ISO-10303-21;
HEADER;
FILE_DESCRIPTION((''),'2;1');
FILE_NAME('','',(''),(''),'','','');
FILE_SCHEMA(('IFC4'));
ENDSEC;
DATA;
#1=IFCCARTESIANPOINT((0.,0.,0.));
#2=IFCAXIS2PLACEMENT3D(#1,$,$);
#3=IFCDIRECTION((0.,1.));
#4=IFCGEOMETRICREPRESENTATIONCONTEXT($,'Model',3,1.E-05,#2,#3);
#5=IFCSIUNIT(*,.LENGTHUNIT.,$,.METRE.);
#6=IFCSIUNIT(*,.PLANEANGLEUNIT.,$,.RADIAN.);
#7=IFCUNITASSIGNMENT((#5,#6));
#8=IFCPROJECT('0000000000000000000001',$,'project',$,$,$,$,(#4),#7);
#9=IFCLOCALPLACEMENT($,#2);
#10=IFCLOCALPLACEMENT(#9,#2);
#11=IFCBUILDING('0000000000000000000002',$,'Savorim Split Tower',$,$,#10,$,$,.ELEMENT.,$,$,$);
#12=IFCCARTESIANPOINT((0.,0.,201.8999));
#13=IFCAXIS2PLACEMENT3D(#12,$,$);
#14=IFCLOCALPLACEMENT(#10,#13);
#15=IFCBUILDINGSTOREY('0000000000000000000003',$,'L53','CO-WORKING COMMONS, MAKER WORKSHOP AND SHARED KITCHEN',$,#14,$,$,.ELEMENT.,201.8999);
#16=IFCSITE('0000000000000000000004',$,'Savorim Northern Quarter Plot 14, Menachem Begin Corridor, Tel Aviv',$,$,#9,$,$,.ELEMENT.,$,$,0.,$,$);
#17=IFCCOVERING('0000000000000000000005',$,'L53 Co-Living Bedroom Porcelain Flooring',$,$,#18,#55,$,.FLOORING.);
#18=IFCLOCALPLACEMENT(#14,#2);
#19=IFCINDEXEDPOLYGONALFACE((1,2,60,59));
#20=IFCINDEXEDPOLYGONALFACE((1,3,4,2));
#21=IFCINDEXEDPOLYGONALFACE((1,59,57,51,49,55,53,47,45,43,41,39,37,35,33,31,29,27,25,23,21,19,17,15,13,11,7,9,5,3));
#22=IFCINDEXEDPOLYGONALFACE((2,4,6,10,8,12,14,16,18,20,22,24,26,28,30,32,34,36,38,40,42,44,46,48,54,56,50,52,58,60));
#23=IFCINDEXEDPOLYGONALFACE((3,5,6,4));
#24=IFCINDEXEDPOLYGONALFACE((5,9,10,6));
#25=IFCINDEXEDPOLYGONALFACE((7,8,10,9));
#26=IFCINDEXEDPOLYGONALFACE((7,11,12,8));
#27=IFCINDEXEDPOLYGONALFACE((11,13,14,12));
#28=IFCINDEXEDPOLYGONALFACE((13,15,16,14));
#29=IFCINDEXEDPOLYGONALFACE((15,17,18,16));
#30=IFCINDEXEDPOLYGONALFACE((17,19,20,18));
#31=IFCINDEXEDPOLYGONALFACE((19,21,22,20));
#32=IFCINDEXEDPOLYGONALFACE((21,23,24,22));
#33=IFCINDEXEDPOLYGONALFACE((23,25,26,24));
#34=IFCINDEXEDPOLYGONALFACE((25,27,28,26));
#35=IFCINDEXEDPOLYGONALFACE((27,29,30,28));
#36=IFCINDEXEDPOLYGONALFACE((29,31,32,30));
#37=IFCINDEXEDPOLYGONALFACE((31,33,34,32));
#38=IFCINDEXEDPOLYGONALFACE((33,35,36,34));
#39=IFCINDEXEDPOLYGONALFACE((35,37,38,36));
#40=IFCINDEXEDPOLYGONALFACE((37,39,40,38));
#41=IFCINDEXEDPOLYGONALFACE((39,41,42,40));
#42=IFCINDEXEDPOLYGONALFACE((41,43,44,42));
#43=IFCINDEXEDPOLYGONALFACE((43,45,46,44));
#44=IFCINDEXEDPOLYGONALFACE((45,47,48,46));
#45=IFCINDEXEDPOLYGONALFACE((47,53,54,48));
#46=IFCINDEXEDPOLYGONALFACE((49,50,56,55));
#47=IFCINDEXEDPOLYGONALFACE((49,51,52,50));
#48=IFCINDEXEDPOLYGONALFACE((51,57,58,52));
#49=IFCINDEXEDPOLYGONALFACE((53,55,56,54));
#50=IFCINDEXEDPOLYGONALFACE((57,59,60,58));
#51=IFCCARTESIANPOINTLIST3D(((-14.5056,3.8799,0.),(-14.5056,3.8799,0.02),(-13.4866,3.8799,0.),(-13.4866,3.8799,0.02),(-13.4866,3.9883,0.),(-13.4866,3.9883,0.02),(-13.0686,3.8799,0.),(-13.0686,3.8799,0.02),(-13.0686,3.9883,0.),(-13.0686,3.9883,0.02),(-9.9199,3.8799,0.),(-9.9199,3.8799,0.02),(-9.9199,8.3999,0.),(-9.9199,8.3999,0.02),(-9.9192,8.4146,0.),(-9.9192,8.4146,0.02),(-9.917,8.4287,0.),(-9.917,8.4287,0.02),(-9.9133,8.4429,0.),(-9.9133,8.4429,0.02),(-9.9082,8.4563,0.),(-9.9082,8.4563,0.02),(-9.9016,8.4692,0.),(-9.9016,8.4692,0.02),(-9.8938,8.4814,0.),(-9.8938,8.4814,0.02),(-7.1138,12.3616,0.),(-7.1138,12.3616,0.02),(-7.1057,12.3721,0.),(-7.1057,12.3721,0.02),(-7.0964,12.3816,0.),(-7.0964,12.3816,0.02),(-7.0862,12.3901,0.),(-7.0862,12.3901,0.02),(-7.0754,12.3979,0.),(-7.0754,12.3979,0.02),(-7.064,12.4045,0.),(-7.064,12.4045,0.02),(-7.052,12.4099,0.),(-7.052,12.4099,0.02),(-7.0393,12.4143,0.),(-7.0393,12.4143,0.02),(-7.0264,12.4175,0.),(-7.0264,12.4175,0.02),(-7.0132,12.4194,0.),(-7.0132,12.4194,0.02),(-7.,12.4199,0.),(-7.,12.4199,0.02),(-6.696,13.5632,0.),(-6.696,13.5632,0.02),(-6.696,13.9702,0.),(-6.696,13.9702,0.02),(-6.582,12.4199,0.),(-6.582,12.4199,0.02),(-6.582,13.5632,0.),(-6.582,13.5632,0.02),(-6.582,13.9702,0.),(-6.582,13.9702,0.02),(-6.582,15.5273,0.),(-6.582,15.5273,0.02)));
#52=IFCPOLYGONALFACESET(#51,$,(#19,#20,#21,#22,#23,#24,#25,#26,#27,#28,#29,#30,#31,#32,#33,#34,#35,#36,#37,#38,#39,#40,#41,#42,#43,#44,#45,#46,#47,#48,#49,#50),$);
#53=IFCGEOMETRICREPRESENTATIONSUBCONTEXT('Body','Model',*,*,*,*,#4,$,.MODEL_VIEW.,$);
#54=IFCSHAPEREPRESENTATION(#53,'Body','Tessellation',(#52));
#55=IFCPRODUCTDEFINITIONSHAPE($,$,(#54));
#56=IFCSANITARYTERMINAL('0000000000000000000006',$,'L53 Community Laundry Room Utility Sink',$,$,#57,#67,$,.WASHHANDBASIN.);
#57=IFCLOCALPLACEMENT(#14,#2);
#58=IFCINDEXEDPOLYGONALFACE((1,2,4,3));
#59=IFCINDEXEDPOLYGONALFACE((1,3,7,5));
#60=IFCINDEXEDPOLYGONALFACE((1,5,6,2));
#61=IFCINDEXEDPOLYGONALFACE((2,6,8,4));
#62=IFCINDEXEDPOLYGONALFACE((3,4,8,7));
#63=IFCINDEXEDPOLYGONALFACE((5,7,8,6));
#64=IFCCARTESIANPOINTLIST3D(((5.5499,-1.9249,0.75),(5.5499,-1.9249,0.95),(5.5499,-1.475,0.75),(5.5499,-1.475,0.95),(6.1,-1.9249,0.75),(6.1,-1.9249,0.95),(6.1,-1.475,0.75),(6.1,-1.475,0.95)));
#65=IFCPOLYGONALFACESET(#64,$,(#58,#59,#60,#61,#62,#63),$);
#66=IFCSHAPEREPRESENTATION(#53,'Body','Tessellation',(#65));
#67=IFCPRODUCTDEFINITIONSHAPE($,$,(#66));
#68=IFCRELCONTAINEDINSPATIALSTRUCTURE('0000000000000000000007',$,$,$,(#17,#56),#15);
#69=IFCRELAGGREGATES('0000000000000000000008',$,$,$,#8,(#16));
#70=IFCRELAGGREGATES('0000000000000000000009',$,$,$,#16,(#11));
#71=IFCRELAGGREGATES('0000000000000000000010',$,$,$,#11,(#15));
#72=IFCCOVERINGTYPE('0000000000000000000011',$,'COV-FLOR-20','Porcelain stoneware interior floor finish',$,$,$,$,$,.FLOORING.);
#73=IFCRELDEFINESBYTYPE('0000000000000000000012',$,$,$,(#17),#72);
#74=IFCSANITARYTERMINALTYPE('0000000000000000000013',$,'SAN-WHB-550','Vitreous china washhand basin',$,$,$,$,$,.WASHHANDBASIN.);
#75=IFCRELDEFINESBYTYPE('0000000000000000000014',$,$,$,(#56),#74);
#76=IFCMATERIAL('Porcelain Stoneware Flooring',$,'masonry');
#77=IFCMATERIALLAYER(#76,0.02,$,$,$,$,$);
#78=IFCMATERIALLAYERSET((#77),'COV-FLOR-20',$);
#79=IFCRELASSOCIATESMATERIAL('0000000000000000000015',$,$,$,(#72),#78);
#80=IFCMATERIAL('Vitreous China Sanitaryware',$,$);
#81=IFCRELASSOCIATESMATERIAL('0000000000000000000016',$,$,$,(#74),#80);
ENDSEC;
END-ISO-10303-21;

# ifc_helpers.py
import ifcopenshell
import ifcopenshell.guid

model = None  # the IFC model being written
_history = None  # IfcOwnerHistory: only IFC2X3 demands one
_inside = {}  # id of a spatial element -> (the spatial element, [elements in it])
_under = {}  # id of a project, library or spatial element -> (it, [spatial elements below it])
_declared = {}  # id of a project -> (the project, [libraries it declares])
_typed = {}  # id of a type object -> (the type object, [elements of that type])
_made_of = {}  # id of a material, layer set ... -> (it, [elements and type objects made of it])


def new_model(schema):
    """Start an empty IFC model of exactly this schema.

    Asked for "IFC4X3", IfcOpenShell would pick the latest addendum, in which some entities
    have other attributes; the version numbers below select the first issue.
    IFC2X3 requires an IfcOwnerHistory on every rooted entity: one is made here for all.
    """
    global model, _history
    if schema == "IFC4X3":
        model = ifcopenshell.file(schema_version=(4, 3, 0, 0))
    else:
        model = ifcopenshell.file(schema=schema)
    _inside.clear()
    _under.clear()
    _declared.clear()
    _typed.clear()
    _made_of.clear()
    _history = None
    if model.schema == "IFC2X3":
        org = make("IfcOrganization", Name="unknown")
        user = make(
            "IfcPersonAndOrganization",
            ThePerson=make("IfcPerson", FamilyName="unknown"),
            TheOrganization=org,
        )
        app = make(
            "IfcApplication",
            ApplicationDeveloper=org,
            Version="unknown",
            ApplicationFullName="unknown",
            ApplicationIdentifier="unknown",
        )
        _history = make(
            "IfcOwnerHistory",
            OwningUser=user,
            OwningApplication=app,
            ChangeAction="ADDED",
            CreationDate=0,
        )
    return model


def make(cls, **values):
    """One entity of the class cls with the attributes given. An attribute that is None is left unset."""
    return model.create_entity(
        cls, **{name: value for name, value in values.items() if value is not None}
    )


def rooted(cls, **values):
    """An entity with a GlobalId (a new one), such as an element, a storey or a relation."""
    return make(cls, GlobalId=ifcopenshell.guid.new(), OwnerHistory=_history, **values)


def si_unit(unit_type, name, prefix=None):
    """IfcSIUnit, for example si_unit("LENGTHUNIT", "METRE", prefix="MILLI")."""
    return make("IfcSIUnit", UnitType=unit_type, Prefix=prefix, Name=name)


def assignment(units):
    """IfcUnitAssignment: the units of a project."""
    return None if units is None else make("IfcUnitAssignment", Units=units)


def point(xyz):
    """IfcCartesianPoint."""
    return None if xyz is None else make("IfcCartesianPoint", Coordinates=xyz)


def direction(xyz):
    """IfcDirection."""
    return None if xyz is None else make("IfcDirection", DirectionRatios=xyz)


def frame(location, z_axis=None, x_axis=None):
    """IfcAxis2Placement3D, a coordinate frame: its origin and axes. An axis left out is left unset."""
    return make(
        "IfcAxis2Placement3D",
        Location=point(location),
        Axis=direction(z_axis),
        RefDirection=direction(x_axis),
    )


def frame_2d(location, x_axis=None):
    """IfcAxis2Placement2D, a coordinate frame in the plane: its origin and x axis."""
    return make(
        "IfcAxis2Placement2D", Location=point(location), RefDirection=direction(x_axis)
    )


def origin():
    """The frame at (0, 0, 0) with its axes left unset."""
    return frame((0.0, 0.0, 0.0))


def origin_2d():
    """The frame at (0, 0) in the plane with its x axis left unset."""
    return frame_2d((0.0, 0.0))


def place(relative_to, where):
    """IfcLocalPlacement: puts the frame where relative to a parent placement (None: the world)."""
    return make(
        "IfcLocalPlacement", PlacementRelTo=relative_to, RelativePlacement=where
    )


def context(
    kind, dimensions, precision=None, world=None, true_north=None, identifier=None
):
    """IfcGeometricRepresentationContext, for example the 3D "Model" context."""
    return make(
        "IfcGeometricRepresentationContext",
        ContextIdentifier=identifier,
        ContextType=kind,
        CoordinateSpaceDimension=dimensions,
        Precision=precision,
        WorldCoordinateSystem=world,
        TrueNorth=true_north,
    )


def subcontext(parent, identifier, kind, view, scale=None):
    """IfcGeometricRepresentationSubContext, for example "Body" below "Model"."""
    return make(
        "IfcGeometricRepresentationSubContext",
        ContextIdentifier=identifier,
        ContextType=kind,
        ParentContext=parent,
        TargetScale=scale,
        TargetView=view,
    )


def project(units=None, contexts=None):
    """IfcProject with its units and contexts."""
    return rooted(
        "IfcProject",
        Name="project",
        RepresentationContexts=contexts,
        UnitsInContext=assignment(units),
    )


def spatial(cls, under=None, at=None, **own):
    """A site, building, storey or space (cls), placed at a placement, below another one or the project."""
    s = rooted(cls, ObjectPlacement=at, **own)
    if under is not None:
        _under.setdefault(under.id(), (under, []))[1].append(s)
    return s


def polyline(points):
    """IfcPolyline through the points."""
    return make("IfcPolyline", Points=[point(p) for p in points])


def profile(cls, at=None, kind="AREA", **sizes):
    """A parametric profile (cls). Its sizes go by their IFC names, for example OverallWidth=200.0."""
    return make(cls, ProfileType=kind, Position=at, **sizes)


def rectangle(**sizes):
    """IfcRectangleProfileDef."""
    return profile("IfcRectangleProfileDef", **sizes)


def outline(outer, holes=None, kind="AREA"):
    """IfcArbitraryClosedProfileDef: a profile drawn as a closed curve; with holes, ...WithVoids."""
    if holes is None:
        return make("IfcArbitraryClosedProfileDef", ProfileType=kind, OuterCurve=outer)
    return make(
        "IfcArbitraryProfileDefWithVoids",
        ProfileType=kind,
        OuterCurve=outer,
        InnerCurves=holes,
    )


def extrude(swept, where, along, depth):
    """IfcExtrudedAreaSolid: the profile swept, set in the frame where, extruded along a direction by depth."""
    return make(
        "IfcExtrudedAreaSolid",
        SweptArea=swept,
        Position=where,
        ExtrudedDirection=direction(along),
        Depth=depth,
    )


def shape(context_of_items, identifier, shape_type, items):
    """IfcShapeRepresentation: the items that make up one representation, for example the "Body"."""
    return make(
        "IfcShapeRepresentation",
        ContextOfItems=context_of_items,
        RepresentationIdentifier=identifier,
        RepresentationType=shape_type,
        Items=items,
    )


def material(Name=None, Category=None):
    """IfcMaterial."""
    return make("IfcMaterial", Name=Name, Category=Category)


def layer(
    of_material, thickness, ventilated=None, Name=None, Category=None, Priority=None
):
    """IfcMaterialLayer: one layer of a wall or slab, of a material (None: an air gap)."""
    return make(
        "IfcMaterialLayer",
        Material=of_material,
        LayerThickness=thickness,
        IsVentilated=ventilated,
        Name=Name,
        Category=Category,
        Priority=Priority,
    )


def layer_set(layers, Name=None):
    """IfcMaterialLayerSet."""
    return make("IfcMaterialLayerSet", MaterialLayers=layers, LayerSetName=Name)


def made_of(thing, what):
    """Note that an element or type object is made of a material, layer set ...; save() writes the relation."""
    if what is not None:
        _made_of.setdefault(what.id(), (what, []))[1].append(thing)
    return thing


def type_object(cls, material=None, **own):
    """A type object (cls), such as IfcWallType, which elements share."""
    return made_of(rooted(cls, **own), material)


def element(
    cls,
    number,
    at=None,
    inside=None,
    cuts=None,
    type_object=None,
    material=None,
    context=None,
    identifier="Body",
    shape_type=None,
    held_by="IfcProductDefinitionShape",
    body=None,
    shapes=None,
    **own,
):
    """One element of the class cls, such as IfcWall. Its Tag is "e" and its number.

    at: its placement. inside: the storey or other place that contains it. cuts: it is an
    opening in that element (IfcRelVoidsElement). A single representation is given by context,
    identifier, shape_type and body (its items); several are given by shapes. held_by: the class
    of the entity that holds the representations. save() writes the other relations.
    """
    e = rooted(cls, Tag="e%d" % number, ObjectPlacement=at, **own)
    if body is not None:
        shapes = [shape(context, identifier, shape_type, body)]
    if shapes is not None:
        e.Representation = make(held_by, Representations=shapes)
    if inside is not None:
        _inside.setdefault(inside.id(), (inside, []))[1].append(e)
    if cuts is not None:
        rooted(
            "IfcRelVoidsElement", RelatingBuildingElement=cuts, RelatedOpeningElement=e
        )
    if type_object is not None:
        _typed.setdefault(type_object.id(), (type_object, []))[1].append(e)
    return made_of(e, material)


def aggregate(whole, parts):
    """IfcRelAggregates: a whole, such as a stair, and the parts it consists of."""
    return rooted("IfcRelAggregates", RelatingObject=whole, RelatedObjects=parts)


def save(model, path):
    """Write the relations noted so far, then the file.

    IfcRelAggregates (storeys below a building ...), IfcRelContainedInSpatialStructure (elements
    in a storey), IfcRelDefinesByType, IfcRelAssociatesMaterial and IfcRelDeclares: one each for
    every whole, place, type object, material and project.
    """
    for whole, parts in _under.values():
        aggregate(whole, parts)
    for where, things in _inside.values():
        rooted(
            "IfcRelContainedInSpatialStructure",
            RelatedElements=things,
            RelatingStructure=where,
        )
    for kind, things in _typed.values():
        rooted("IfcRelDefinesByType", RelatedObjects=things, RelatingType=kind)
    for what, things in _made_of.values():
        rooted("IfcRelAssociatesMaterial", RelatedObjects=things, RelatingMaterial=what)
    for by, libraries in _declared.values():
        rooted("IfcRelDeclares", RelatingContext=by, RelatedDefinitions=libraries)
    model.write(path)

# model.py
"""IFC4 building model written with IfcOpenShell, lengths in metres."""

from ifc_helpers import new_model, si_unit, direction, frame, origin, origin_2d, place, context, subcontext, project, spatial, polyline, rectangle, outline, extrude, material, layer, layer_set, type_object, element, save


model = new_model("IFC4")

# Units and contexts
model_context = context("Model", 3, precision=1e-05, world=origin(), true_north=direction((0.0, 1.0)))
body_context = subcontext(model_context, "Body", "Model", "MODEL_VIEW")
ifc_project = project(units=[si_unit("LENGTHUNIT", "METRE"), si_unit("PLANEANGLEUNIT", "RADIAN")], contexts=[model_context])

# Site, building, storey
site_placement = place(None, origin())
site = spatial("IfcSite", under=ifc_project, at=site_placement, Name="Savorim Northern Quarter Plot 14, Menachem Begin Corridor, Tel Aviv", CompositionType="ELEMENT", RefElevation=0.0)
building_placement = place(site_placement, origin())
building = spatial("IfcBuilding", under=site, at=building_placement, Name="Savorim Split Tower", CompositionType="ELEMENT")
storey_placement = place(building_placement, frame((0.0, 0.0, 201.8999)))
storey = spatial("IfcBuildingStorey", under=building, at=storey_placement, Name="L53", Description="CO-WORKING COMMONS, MAKER WORKSHOP AND SHARED KITCHEN", CompositionType="ELEMENT", Elevation=201.8999)

# Covering
ifc_material_1 = material(Name="Porcelain Stoneware Flooring", Category="masonry")
ifc_layer_1 = layer(ifc_material_1, 0.02)
ifc_layer_set_1 = layer_set([ifc_layer_1], Name="COV-FLOR-20")
covering_type_1 = type_object("IfcCoveringType", Name="COV-FLOR-20", Description="Porcelain stoneware interior floor finish", PredefinedType="FLOORING", material=ifc_layer_set_1)
covering_1_placement = place(storey_placement, origin())
element("IfcCovering", 1, at=covering_1_placement, inside=storey, type_object=covering_type_1, Name="L53 Co-Living Bedroom Porcelain Flooring", PredefinedType="FLOORING", context=body_context, shape_type="SweptSolid", body=[
    extrude(outline(polyline([(-7.0132, 12.4194), (-7.0, 12.4199), (-6.582, 12.4199), (-6.582, 13.5632), (-6.696, 13.5632), (-6.696, 13.9702), (-6.582, 13.9702), (-6.582, 15.5273), (-14.5056, 3.8799), (-13.4866, 3.8799), (-13.4866, 3.9883), (-13.0686, 3.9883), (-13.0686, 3.8799), (-9.9199, 3.8799), (-9.9199, 8.3999), (-9.9192, 8.4146), (-9.917, 8.4287), (-9.9133, 8.4429), (-9.9082, 8.4563), (-9.9016, 8.4692), (-9.8938, 8.4814), (-7.1138, 12.3616), (-7.1057, 12.3721), (-7.0964, 12.3816), (-7.0862, 12.3901), (-7.0754, 12.3979), (-7.064, 12.4045), (-7.052, 12.4099), (-7.0393, 12.4143), (-7.0264, 12.4175), (-7.0132, 12.4194)])), origin(), (0.0, 0.0, 1.0), 0.02),
])

# Sanitary terminal
ifc_material_2 = material(Name="Vitreous China Sanitaryware")
sanitary_terminal_type = type_object("IfcSanitaryTerminalType", Name="SAN-WHB-550", Description="Vitreous china washhand basin", PredefinedType="WASHHANDBASIN", material=ifc_material_2)
sanitary_terminal_placement = place(storey_placement, frame((5.825, -1.7, 0.75), z_axis=(0.0, 0.0, 1.0), x_axis=(1.0, 0.0, 0.0)))
element("IfcSanitaryTerminal", 2, at=sanitary_terminal_placement, inside=storey, type_object=sanitary_terminal_type, Name="L53 Community Laundry Room Utility Sink", PredefinedType="WASHHANDBASIN", context=body_context, shape_type="SweptSolid", body=[
    extrude(rectangle(XDim=0.55, YDim=0.45, at=origin_2d()), origin(), (0.0, 0.0, 1.0), 0.2),
])

save(model, "model.ifc")
